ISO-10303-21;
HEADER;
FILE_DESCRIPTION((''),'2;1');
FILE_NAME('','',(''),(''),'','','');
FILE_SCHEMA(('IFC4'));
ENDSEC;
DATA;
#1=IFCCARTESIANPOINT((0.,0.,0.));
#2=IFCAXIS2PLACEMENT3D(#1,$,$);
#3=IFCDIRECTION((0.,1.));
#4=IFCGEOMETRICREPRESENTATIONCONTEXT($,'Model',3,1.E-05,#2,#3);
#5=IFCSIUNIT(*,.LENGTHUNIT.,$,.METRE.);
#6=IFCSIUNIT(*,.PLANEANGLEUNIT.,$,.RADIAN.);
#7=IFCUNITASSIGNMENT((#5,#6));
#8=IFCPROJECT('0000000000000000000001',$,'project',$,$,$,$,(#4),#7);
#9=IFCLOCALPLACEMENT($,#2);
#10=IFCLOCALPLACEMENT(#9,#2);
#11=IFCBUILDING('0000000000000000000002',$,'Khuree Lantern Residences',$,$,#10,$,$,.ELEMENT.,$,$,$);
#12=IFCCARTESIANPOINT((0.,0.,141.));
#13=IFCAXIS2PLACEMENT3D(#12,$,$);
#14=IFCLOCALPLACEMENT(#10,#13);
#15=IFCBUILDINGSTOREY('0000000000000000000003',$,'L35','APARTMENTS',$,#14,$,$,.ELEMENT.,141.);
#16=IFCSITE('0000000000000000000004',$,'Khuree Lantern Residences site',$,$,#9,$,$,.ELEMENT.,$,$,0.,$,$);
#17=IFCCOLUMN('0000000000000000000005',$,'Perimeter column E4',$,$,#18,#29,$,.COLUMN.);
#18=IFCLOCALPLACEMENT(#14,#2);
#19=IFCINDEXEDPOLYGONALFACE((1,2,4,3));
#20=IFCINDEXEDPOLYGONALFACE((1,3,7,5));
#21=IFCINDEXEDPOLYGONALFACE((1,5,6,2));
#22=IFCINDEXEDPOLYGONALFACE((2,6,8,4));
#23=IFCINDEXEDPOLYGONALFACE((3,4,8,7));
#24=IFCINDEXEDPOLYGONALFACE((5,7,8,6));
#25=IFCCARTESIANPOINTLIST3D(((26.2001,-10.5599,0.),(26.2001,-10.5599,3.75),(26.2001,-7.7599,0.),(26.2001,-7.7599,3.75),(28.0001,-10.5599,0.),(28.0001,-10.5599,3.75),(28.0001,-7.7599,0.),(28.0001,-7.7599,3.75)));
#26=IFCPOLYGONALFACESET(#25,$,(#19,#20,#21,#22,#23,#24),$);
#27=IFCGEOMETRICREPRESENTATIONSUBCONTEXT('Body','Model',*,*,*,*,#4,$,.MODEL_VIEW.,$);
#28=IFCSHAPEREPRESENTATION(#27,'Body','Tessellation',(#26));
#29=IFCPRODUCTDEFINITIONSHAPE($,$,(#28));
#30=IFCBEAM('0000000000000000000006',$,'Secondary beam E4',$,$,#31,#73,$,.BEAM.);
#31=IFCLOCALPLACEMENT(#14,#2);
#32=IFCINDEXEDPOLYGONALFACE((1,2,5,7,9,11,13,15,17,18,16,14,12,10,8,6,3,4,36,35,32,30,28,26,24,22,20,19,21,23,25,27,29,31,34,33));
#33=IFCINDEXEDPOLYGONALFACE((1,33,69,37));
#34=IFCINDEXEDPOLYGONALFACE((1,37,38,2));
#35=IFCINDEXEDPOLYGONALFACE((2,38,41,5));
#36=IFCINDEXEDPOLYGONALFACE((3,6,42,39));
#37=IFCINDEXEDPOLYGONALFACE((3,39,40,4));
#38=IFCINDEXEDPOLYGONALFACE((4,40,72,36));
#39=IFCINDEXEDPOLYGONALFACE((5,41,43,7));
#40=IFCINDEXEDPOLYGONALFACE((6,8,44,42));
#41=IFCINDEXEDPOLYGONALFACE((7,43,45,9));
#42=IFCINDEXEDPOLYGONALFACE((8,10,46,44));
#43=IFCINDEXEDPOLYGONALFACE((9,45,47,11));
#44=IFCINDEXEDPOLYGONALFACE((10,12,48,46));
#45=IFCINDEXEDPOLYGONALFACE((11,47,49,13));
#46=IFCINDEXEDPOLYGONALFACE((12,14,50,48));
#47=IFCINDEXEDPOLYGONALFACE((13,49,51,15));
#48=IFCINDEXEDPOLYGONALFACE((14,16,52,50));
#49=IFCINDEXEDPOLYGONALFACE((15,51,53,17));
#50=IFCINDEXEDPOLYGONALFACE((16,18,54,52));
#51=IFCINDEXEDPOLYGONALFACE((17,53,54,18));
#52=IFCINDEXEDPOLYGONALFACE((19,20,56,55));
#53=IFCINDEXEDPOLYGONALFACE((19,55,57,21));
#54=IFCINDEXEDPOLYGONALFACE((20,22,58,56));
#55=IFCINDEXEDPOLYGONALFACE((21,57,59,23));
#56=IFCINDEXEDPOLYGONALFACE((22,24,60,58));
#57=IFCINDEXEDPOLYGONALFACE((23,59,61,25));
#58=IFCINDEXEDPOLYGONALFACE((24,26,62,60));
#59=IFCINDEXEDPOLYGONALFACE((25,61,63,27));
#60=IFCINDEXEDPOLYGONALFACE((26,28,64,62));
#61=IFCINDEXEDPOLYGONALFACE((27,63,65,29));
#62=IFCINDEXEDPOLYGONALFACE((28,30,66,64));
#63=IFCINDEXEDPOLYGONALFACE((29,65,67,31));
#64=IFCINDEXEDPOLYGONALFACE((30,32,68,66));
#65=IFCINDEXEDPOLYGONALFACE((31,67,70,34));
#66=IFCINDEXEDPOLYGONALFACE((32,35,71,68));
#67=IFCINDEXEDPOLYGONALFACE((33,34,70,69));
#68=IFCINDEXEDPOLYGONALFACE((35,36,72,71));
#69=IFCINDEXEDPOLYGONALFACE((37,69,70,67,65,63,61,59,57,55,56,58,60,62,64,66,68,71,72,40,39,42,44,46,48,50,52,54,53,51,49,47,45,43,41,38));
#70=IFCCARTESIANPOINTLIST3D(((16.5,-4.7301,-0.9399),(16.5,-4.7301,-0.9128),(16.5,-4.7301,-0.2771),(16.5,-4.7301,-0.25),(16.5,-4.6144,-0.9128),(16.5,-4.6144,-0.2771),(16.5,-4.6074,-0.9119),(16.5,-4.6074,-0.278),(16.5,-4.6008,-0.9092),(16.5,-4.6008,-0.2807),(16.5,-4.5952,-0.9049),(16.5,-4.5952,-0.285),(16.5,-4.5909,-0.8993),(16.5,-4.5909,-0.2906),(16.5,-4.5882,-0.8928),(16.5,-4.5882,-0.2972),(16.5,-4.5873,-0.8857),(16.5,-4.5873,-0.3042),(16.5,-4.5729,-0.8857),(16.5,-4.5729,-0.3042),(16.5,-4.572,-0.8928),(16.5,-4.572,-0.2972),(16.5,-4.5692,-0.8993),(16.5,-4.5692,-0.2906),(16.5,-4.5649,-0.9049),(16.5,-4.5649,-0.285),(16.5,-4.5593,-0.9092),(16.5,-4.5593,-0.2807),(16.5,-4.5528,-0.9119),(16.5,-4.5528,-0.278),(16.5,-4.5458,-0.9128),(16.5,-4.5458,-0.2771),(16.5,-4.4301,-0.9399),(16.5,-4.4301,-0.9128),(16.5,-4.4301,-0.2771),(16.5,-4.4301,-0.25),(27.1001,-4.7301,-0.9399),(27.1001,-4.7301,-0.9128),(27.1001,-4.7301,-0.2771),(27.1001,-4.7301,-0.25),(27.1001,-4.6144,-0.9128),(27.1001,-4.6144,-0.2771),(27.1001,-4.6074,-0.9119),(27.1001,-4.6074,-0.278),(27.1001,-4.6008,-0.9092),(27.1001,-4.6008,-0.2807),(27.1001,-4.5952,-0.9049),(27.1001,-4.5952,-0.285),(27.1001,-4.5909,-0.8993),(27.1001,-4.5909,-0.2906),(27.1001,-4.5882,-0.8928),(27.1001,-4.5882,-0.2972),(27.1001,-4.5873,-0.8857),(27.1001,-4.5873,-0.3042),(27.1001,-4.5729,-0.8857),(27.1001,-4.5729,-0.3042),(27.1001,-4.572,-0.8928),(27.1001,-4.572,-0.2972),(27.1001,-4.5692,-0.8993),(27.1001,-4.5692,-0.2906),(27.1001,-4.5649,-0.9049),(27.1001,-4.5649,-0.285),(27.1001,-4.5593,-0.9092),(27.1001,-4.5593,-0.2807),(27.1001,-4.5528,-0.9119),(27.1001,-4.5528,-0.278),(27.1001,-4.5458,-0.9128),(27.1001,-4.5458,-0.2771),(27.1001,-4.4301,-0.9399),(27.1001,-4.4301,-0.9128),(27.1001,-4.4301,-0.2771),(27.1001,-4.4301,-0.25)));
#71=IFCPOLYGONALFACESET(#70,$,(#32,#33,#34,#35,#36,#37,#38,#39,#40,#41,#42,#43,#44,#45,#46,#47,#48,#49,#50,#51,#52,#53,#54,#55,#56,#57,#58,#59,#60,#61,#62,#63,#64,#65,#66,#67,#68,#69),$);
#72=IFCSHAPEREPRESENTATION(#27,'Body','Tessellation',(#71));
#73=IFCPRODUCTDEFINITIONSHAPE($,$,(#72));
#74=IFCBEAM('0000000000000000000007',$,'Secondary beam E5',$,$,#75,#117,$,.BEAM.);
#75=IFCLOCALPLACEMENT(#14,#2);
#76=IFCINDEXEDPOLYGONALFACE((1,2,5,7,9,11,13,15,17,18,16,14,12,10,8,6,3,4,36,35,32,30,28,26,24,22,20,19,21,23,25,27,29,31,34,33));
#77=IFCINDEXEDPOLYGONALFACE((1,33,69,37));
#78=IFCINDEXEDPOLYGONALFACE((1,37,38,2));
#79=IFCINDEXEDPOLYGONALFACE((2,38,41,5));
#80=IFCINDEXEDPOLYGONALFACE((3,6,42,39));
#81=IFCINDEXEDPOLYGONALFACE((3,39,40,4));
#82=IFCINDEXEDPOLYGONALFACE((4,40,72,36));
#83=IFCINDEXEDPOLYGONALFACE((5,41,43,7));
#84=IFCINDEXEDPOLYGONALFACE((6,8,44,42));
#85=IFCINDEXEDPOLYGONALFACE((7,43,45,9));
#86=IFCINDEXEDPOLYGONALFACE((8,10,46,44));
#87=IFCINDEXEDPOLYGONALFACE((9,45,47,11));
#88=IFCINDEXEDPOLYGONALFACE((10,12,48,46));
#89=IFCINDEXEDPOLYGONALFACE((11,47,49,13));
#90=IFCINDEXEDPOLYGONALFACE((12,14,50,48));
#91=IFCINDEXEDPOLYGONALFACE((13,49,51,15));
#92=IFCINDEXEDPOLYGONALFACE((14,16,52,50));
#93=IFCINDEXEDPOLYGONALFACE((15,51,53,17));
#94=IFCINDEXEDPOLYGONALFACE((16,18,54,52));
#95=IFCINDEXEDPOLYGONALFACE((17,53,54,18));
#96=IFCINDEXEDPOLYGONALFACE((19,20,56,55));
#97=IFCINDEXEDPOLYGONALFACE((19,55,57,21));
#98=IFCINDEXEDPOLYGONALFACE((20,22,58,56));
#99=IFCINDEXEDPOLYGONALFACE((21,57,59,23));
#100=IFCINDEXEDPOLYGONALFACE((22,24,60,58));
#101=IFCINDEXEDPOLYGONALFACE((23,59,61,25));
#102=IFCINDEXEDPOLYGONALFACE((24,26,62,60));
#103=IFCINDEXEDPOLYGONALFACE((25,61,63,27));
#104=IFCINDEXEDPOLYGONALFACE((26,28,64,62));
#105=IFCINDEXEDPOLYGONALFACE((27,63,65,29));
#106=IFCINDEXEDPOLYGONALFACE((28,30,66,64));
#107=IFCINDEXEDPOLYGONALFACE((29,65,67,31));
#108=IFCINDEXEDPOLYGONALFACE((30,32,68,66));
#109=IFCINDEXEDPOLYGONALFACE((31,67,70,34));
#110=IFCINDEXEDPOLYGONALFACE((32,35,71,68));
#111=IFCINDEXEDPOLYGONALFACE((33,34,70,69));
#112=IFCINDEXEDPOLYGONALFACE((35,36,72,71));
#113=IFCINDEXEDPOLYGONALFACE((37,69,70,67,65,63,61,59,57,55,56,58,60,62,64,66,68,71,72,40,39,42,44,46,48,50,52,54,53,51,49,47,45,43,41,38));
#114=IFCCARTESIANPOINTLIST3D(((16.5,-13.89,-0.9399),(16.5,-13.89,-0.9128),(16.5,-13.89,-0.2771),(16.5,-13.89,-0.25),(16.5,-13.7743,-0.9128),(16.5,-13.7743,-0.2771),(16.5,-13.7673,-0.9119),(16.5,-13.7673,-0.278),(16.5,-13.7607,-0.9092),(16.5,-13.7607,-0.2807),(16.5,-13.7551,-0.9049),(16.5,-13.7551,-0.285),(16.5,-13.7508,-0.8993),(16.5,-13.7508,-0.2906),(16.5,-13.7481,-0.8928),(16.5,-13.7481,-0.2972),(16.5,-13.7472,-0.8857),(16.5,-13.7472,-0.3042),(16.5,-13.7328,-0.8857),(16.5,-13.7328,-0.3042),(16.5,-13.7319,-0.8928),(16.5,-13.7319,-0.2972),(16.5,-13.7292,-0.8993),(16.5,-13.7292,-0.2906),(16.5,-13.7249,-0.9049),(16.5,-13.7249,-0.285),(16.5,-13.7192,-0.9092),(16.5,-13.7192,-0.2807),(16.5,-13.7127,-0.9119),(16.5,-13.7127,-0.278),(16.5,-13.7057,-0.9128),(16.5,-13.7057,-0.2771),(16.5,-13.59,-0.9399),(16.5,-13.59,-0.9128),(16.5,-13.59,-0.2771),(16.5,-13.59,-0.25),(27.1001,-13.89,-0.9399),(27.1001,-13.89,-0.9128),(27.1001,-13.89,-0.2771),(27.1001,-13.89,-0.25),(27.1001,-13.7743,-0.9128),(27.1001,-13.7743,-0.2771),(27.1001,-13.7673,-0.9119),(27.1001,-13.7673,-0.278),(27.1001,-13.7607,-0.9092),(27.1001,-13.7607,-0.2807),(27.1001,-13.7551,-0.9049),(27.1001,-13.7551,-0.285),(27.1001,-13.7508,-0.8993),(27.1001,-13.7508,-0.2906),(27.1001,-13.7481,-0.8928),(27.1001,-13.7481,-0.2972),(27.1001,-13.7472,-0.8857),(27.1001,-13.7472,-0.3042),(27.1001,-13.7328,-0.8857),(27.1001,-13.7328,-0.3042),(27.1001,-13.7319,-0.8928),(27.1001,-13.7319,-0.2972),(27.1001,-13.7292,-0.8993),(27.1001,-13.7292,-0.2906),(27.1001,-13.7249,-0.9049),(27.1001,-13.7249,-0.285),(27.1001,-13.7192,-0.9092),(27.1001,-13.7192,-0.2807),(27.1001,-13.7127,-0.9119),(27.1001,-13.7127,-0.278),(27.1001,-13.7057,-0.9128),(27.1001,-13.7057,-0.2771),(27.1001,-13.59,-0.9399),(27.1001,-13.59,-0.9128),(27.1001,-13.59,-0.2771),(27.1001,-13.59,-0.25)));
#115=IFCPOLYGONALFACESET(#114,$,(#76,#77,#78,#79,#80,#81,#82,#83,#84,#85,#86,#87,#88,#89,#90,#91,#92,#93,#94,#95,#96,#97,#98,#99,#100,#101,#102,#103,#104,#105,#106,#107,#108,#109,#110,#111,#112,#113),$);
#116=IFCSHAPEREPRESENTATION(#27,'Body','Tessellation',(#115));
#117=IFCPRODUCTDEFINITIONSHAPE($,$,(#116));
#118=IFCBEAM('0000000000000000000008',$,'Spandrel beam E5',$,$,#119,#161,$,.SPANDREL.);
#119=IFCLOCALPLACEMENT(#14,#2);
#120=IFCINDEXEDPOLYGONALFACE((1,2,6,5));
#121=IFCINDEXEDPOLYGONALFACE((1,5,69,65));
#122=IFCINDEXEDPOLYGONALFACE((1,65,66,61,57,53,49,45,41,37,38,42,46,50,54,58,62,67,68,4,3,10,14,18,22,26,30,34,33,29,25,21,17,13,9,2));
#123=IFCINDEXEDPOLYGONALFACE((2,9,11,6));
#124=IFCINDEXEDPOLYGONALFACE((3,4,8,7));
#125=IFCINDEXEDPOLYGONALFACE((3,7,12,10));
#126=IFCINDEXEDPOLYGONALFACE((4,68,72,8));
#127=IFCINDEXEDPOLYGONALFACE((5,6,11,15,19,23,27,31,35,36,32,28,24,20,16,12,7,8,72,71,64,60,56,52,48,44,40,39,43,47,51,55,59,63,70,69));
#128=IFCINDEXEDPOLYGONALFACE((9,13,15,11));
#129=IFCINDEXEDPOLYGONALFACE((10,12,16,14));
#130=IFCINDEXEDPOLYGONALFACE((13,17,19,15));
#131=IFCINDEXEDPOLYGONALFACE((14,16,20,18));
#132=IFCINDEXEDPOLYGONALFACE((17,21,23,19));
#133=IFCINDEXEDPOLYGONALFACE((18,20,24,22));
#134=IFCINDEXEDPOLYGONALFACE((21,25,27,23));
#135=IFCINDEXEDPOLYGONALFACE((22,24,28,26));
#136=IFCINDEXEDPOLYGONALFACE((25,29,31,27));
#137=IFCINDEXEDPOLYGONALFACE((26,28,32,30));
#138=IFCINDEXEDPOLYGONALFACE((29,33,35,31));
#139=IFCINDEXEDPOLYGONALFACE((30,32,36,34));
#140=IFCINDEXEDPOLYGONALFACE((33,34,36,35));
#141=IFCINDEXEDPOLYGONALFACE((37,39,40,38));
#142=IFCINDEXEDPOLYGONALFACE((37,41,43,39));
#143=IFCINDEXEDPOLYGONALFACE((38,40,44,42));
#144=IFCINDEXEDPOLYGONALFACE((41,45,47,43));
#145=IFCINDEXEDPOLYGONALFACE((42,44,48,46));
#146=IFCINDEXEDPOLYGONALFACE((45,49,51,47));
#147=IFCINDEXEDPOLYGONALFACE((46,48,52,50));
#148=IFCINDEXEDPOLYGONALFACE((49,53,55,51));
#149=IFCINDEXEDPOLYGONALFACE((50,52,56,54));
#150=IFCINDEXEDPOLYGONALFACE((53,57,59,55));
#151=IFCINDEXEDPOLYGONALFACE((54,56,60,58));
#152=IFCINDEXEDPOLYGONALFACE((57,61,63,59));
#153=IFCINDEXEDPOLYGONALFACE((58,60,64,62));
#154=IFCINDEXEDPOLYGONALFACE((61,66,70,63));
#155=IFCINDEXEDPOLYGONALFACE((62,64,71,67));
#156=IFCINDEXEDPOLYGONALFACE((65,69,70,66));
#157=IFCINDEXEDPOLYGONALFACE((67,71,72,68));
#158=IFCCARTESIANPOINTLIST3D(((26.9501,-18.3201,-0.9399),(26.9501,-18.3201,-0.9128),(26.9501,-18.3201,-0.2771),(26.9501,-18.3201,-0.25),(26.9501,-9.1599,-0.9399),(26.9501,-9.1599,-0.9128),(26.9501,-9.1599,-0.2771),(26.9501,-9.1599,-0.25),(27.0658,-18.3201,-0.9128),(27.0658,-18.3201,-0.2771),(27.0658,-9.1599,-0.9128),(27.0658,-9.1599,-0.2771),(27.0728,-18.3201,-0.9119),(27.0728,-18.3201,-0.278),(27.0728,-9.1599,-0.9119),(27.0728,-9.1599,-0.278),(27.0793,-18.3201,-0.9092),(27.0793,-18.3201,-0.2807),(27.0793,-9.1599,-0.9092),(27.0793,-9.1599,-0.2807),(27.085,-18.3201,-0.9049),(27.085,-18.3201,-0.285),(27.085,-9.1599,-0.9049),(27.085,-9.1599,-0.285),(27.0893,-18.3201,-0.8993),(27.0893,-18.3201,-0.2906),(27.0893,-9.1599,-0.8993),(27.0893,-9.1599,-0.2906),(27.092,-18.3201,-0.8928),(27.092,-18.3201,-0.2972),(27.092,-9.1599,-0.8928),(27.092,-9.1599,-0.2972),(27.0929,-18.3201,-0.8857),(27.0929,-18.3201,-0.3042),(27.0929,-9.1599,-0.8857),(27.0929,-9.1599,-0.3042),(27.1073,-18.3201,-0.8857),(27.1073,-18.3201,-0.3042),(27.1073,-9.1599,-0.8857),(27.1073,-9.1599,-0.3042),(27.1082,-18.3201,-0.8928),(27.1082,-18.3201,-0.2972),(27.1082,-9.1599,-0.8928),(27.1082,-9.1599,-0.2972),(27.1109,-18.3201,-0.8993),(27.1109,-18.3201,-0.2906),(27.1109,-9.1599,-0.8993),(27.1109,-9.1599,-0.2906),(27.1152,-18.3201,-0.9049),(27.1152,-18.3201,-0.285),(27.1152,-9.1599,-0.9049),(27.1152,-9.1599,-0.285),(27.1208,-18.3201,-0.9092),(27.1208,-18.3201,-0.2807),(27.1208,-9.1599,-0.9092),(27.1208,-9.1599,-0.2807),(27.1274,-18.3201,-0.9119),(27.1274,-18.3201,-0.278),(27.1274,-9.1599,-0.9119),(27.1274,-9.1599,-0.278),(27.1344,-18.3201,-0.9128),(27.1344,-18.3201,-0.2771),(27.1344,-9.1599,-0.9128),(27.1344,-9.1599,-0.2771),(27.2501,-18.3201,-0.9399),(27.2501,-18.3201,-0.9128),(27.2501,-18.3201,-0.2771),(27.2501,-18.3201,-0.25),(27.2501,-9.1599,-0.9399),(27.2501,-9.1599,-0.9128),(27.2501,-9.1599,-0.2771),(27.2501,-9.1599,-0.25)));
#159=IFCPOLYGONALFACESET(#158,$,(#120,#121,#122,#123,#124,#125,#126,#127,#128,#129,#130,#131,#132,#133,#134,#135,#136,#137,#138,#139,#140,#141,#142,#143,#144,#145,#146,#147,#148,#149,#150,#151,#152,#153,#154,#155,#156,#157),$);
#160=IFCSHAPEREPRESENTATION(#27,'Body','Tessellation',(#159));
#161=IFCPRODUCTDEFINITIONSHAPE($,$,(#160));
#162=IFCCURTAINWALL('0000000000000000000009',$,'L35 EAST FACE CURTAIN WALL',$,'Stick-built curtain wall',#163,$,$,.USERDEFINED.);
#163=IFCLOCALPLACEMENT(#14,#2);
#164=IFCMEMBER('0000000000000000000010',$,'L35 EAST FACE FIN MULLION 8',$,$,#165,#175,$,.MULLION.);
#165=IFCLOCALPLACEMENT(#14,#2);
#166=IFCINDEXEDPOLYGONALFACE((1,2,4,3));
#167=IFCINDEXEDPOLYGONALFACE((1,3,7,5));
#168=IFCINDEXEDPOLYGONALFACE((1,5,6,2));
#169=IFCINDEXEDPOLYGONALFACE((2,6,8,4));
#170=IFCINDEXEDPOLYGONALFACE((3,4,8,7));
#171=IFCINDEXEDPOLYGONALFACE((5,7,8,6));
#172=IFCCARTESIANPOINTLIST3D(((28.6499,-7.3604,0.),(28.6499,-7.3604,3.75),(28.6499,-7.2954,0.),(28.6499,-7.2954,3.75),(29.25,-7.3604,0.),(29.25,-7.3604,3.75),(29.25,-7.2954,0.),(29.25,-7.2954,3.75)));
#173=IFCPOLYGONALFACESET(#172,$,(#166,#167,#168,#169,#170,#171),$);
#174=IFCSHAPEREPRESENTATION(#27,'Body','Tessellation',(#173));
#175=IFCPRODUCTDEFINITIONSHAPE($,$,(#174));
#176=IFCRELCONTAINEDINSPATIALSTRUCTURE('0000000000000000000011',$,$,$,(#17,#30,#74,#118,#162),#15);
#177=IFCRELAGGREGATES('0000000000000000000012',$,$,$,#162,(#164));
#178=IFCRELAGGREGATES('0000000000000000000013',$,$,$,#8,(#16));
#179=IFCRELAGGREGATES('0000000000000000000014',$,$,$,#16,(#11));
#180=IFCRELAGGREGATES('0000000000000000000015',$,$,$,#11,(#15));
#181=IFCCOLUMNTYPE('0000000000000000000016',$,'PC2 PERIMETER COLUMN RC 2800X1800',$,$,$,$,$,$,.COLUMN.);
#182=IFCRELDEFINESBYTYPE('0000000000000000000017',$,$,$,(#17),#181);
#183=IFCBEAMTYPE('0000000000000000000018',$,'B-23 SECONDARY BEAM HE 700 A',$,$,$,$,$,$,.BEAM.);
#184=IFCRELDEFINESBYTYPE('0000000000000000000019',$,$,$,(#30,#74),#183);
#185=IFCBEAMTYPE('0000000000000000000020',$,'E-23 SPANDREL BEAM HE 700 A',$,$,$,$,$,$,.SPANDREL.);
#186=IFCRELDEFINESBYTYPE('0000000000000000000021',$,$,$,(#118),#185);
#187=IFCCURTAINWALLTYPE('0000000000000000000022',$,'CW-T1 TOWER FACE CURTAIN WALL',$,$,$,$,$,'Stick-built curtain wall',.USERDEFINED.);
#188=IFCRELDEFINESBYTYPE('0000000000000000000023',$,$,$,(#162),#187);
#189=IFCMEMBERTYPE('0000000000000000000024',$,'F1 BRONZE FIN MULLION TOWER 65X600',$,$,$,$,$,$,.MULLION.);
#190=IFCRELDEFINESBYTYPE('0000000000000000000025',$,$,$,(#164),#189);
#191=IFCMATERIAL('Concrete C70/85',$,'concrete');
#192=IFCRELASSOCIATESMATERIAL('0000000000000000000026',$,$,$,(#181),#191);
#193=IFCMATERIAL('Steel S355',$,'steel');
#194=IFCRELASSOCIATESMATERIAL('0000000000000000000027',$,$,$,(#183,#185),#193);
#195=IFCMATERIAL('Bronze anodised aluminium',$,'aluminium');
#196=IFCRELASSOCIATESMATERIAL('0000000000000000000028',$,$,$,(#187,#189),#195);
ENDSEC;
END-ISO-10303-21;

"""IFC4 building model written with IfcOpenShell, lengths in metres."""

from ifc_helpers import new_model, si_unit, direction, frame, origin, origin_2d, place, context, subcontext, project, spatial, rectangle, i_section, extrude, material, material_profile, profile_set, type_object, element, aggregate, save


model = new_model("IFC4")

# Units and contexts
model_context = context("Model", 3, precision=1e-05, world=origin(), true_north=direction((0.0, 1.0)))
body_context = subcontext(model_context, "Body", "Model", "MODEL_VIEW")
ifc_project = project(units=[si_unit("LENGTHUNIT", "METRE"), si_unit("PLANEANGLEUNIT", "RADIAN")], contexts=[model_context])

# Site, building, storey
site_placement = place(None, origin())
site = spatial("IfcSite", under=ifc_project, at=site_placement, Name="Khuree Lantern Residences site", CompositionType="ELEMENT", RefElevation=0.0)
building_placement = place(site_placement, origin())
building = spatial("IfcBuilding", under=site, at=building_placement, Name="Khuree Lantern Residences", CompositionType="ELEMENT")
storey_placement = place(building_placement, frame((0.0, 0.0, 141.0)))
storey = spatial("IfcBuildingStorey", under=building, at=storey_placement, Name="L35", Description="APARTMENTS", CompositionType="ELEMENT", Elevation=141.0)

# Column
ifc_material_1 = material(Name="Concrete C70/85", Category="concrete")
ifc_material_profile_1 = material_profile(ifc_material_1, rectangle(XDim=2.8, YDim=1.8, at=origin_2d()), Name="RC 2800X1800")
ifc_profile_set_1 = profile_set([ifc_material_profile_1], Name="Concrete C70/85")
column_type = type_object("IfcColumnType", Name="PC2 PERIMETER COLUMN RC 2800X1800", PredefinedType="COLUMN", material=ifc_profile_set_1)
column_placement = place(storey_placement, frame((27.1001, -9.1599, 0.0), z_axis=(0.0, 0.0, 1.0), x_axis=(0.0, 1.0, 0.0)))
element("IfcColumn", 1, at=column_placement, inside=storey, type_object=column_type, Name="Perimeter column E4", PredefinedType="COLUMN", context=body_context, shape_type="SweptSolid", body=[
    extrude(rectangle(XDim=2.8, YDim=1.8, at=origin_2d()), origin(), (0.0, 0.0, 1.0), 3.75),
])

# Beams
ifc_material_2 = material(Name="Steel S355", Category="steel")
ifc_material_profile_2 = material_profile(ifc_material_2, i_section(OverallWidth=0.3, OverallDepth=0.6899, WebThickness=0.0144, FlangeThickness=0.0271, FilletRadius=0.0271, at=origin_2d()), Name="HE 700 A")
ifc_profile_set_2 = profile_set([ifc_material_profile_2], Name="Steel S355")
beam_type_1 = type_object("IfcBeamType", Name="B-23 SECONDARY BEAM HE 700 A", PredefinedType="BEAM", material=ifc_profile_set_2)
for number, where, z_axis, x_axis, name in (
    (2, (27.1001, -4.5801, -0.595), (-1.0, 0.0, 0.0), (0.0, -1.0, 0.0), "Secondary beam E4"),
    (3, (27.1001, -13.74, -0.595), (-1.0, 0.0, 0.0), (0.0, -1.0, 0.0), "Secondary beam E5"),
):
    element("IfcBeam", number, at=place(storey_placement, frame(where, z_axis=z_axis, x_axis=x_axis)), inside=storey, type_object=beam_type_1, Name=name, PredefinedType="BEAM", context=body_context, shape_type="SweptSolid", body=[
        extrude(i_section(OverallWidth=0.3, OverallDepth=0.6899, WebThickness=0.0144, FlangeThickness=0.0271, FilletRadius=0.0271, at=origin_2d()), origin(), (0.0, 0.0, 1.0), 10.6001),
    ])
ifc_material_profile_3 = material_profile(ifc_material_2, i_section(OverallWidth=0.3, OverallDepth=0.6899, WebThickness=0.0144, FlangeThickness=0.0271, FilletRadius=0.0271, at=origin_2d()), Name="HE 700 A")
ifc_profile_set_3 = profile_set([ifc_material_profile_3], Name="Steel S355")
beam_type_2 = type_object("IfcBeamType", Name="E-23 SPANDREL BEAM HE 700 A", PredefinedType="SPANDREL", material=ifc_profile_set_3)
beam_1_placement = place(storey_placement, frame((27.1001, -9.1599, -0.595), z_axis=(0.0, -1.0, 0.0), x_axis=(1.0, 0.0, 0.0)))
element("IfcBeam", 4, at=beam_1_placement, inside=storey, type_object=beam_type_2, Name="Spandrel beam E5", PredefinedType="SPANDREL", context=body_context, shape_type="SweptSolid", body=[
    extrude(i_section(OverallWidth=0.3, OverallDepth=0.6899, WebThickness=0.0144, FlangeThickness=0.0271, FilletRadius=0.0271, at=origin_2d()), origin(), (0.0, 0.0, 1.0), 9.1602),
])

# Curtain wall, member
ifc_material_3 = material(Name="Bronze anodised aluminium", Category="aluminium")
curtain_wall_type = type_object("IfcCurtainWallType", Name="CW-T1 TOWER FACE CURTAIN WALL", ElementType="Stick-built curtain wall", PredefinedType="USERDEFINED", material=ifc_material_3)
curtain_wall_placement = place(storey_placement, origin())
curtain_wall = element("IfcCurtainWall", 5, at=curtain_wall_placement, inside=storey, type_object=curtain_wall_type, Name="L35 EAST FACE CURTAIN WALL", ObjectType="Stick-built curtain wall", PredefinedType="USERDEFINED")
ifc_material_profile_4 = material_profile(ifc_material_3, rectangle(XDim=0.0649, YDim=0.6001, at=origin_2d()), Name="F1 65X600")
ifc_profile_set_4 = profile_set([ifc_material_profile_4], Name="Bronze anodised aluminium")
member_type_1 = type_object("IfcMemberType", Name="F1 BRONZE FIN MULLION TOWER 65X600", PredefinedType="MULLION", material=ifc_profile_set_4)
member_1_placement = place(storey_placement, frame((28.95, -7.3279, 0.0), z_axis=(0.0, 0.0, 1.0), x_axis=(0.0, 1.0, 0.0)))
member_1 = element("IfcMember", 6, at=member_1_placement, type_object=member_type_1, Name="L35 EAST FACE FIN MULLION 8", PredefinedType="MULLION", context=body_context, shape_type="SweptSolid", body=[
    extrude(rectangle(XDim=0.0649, YDim=0.6001, at=origin_2d()), origin(), (0.0, 0.0, 1.0), 3.75),
])

aggregate(curtain_wall, [member_1])

save(model, "model.ifc")
